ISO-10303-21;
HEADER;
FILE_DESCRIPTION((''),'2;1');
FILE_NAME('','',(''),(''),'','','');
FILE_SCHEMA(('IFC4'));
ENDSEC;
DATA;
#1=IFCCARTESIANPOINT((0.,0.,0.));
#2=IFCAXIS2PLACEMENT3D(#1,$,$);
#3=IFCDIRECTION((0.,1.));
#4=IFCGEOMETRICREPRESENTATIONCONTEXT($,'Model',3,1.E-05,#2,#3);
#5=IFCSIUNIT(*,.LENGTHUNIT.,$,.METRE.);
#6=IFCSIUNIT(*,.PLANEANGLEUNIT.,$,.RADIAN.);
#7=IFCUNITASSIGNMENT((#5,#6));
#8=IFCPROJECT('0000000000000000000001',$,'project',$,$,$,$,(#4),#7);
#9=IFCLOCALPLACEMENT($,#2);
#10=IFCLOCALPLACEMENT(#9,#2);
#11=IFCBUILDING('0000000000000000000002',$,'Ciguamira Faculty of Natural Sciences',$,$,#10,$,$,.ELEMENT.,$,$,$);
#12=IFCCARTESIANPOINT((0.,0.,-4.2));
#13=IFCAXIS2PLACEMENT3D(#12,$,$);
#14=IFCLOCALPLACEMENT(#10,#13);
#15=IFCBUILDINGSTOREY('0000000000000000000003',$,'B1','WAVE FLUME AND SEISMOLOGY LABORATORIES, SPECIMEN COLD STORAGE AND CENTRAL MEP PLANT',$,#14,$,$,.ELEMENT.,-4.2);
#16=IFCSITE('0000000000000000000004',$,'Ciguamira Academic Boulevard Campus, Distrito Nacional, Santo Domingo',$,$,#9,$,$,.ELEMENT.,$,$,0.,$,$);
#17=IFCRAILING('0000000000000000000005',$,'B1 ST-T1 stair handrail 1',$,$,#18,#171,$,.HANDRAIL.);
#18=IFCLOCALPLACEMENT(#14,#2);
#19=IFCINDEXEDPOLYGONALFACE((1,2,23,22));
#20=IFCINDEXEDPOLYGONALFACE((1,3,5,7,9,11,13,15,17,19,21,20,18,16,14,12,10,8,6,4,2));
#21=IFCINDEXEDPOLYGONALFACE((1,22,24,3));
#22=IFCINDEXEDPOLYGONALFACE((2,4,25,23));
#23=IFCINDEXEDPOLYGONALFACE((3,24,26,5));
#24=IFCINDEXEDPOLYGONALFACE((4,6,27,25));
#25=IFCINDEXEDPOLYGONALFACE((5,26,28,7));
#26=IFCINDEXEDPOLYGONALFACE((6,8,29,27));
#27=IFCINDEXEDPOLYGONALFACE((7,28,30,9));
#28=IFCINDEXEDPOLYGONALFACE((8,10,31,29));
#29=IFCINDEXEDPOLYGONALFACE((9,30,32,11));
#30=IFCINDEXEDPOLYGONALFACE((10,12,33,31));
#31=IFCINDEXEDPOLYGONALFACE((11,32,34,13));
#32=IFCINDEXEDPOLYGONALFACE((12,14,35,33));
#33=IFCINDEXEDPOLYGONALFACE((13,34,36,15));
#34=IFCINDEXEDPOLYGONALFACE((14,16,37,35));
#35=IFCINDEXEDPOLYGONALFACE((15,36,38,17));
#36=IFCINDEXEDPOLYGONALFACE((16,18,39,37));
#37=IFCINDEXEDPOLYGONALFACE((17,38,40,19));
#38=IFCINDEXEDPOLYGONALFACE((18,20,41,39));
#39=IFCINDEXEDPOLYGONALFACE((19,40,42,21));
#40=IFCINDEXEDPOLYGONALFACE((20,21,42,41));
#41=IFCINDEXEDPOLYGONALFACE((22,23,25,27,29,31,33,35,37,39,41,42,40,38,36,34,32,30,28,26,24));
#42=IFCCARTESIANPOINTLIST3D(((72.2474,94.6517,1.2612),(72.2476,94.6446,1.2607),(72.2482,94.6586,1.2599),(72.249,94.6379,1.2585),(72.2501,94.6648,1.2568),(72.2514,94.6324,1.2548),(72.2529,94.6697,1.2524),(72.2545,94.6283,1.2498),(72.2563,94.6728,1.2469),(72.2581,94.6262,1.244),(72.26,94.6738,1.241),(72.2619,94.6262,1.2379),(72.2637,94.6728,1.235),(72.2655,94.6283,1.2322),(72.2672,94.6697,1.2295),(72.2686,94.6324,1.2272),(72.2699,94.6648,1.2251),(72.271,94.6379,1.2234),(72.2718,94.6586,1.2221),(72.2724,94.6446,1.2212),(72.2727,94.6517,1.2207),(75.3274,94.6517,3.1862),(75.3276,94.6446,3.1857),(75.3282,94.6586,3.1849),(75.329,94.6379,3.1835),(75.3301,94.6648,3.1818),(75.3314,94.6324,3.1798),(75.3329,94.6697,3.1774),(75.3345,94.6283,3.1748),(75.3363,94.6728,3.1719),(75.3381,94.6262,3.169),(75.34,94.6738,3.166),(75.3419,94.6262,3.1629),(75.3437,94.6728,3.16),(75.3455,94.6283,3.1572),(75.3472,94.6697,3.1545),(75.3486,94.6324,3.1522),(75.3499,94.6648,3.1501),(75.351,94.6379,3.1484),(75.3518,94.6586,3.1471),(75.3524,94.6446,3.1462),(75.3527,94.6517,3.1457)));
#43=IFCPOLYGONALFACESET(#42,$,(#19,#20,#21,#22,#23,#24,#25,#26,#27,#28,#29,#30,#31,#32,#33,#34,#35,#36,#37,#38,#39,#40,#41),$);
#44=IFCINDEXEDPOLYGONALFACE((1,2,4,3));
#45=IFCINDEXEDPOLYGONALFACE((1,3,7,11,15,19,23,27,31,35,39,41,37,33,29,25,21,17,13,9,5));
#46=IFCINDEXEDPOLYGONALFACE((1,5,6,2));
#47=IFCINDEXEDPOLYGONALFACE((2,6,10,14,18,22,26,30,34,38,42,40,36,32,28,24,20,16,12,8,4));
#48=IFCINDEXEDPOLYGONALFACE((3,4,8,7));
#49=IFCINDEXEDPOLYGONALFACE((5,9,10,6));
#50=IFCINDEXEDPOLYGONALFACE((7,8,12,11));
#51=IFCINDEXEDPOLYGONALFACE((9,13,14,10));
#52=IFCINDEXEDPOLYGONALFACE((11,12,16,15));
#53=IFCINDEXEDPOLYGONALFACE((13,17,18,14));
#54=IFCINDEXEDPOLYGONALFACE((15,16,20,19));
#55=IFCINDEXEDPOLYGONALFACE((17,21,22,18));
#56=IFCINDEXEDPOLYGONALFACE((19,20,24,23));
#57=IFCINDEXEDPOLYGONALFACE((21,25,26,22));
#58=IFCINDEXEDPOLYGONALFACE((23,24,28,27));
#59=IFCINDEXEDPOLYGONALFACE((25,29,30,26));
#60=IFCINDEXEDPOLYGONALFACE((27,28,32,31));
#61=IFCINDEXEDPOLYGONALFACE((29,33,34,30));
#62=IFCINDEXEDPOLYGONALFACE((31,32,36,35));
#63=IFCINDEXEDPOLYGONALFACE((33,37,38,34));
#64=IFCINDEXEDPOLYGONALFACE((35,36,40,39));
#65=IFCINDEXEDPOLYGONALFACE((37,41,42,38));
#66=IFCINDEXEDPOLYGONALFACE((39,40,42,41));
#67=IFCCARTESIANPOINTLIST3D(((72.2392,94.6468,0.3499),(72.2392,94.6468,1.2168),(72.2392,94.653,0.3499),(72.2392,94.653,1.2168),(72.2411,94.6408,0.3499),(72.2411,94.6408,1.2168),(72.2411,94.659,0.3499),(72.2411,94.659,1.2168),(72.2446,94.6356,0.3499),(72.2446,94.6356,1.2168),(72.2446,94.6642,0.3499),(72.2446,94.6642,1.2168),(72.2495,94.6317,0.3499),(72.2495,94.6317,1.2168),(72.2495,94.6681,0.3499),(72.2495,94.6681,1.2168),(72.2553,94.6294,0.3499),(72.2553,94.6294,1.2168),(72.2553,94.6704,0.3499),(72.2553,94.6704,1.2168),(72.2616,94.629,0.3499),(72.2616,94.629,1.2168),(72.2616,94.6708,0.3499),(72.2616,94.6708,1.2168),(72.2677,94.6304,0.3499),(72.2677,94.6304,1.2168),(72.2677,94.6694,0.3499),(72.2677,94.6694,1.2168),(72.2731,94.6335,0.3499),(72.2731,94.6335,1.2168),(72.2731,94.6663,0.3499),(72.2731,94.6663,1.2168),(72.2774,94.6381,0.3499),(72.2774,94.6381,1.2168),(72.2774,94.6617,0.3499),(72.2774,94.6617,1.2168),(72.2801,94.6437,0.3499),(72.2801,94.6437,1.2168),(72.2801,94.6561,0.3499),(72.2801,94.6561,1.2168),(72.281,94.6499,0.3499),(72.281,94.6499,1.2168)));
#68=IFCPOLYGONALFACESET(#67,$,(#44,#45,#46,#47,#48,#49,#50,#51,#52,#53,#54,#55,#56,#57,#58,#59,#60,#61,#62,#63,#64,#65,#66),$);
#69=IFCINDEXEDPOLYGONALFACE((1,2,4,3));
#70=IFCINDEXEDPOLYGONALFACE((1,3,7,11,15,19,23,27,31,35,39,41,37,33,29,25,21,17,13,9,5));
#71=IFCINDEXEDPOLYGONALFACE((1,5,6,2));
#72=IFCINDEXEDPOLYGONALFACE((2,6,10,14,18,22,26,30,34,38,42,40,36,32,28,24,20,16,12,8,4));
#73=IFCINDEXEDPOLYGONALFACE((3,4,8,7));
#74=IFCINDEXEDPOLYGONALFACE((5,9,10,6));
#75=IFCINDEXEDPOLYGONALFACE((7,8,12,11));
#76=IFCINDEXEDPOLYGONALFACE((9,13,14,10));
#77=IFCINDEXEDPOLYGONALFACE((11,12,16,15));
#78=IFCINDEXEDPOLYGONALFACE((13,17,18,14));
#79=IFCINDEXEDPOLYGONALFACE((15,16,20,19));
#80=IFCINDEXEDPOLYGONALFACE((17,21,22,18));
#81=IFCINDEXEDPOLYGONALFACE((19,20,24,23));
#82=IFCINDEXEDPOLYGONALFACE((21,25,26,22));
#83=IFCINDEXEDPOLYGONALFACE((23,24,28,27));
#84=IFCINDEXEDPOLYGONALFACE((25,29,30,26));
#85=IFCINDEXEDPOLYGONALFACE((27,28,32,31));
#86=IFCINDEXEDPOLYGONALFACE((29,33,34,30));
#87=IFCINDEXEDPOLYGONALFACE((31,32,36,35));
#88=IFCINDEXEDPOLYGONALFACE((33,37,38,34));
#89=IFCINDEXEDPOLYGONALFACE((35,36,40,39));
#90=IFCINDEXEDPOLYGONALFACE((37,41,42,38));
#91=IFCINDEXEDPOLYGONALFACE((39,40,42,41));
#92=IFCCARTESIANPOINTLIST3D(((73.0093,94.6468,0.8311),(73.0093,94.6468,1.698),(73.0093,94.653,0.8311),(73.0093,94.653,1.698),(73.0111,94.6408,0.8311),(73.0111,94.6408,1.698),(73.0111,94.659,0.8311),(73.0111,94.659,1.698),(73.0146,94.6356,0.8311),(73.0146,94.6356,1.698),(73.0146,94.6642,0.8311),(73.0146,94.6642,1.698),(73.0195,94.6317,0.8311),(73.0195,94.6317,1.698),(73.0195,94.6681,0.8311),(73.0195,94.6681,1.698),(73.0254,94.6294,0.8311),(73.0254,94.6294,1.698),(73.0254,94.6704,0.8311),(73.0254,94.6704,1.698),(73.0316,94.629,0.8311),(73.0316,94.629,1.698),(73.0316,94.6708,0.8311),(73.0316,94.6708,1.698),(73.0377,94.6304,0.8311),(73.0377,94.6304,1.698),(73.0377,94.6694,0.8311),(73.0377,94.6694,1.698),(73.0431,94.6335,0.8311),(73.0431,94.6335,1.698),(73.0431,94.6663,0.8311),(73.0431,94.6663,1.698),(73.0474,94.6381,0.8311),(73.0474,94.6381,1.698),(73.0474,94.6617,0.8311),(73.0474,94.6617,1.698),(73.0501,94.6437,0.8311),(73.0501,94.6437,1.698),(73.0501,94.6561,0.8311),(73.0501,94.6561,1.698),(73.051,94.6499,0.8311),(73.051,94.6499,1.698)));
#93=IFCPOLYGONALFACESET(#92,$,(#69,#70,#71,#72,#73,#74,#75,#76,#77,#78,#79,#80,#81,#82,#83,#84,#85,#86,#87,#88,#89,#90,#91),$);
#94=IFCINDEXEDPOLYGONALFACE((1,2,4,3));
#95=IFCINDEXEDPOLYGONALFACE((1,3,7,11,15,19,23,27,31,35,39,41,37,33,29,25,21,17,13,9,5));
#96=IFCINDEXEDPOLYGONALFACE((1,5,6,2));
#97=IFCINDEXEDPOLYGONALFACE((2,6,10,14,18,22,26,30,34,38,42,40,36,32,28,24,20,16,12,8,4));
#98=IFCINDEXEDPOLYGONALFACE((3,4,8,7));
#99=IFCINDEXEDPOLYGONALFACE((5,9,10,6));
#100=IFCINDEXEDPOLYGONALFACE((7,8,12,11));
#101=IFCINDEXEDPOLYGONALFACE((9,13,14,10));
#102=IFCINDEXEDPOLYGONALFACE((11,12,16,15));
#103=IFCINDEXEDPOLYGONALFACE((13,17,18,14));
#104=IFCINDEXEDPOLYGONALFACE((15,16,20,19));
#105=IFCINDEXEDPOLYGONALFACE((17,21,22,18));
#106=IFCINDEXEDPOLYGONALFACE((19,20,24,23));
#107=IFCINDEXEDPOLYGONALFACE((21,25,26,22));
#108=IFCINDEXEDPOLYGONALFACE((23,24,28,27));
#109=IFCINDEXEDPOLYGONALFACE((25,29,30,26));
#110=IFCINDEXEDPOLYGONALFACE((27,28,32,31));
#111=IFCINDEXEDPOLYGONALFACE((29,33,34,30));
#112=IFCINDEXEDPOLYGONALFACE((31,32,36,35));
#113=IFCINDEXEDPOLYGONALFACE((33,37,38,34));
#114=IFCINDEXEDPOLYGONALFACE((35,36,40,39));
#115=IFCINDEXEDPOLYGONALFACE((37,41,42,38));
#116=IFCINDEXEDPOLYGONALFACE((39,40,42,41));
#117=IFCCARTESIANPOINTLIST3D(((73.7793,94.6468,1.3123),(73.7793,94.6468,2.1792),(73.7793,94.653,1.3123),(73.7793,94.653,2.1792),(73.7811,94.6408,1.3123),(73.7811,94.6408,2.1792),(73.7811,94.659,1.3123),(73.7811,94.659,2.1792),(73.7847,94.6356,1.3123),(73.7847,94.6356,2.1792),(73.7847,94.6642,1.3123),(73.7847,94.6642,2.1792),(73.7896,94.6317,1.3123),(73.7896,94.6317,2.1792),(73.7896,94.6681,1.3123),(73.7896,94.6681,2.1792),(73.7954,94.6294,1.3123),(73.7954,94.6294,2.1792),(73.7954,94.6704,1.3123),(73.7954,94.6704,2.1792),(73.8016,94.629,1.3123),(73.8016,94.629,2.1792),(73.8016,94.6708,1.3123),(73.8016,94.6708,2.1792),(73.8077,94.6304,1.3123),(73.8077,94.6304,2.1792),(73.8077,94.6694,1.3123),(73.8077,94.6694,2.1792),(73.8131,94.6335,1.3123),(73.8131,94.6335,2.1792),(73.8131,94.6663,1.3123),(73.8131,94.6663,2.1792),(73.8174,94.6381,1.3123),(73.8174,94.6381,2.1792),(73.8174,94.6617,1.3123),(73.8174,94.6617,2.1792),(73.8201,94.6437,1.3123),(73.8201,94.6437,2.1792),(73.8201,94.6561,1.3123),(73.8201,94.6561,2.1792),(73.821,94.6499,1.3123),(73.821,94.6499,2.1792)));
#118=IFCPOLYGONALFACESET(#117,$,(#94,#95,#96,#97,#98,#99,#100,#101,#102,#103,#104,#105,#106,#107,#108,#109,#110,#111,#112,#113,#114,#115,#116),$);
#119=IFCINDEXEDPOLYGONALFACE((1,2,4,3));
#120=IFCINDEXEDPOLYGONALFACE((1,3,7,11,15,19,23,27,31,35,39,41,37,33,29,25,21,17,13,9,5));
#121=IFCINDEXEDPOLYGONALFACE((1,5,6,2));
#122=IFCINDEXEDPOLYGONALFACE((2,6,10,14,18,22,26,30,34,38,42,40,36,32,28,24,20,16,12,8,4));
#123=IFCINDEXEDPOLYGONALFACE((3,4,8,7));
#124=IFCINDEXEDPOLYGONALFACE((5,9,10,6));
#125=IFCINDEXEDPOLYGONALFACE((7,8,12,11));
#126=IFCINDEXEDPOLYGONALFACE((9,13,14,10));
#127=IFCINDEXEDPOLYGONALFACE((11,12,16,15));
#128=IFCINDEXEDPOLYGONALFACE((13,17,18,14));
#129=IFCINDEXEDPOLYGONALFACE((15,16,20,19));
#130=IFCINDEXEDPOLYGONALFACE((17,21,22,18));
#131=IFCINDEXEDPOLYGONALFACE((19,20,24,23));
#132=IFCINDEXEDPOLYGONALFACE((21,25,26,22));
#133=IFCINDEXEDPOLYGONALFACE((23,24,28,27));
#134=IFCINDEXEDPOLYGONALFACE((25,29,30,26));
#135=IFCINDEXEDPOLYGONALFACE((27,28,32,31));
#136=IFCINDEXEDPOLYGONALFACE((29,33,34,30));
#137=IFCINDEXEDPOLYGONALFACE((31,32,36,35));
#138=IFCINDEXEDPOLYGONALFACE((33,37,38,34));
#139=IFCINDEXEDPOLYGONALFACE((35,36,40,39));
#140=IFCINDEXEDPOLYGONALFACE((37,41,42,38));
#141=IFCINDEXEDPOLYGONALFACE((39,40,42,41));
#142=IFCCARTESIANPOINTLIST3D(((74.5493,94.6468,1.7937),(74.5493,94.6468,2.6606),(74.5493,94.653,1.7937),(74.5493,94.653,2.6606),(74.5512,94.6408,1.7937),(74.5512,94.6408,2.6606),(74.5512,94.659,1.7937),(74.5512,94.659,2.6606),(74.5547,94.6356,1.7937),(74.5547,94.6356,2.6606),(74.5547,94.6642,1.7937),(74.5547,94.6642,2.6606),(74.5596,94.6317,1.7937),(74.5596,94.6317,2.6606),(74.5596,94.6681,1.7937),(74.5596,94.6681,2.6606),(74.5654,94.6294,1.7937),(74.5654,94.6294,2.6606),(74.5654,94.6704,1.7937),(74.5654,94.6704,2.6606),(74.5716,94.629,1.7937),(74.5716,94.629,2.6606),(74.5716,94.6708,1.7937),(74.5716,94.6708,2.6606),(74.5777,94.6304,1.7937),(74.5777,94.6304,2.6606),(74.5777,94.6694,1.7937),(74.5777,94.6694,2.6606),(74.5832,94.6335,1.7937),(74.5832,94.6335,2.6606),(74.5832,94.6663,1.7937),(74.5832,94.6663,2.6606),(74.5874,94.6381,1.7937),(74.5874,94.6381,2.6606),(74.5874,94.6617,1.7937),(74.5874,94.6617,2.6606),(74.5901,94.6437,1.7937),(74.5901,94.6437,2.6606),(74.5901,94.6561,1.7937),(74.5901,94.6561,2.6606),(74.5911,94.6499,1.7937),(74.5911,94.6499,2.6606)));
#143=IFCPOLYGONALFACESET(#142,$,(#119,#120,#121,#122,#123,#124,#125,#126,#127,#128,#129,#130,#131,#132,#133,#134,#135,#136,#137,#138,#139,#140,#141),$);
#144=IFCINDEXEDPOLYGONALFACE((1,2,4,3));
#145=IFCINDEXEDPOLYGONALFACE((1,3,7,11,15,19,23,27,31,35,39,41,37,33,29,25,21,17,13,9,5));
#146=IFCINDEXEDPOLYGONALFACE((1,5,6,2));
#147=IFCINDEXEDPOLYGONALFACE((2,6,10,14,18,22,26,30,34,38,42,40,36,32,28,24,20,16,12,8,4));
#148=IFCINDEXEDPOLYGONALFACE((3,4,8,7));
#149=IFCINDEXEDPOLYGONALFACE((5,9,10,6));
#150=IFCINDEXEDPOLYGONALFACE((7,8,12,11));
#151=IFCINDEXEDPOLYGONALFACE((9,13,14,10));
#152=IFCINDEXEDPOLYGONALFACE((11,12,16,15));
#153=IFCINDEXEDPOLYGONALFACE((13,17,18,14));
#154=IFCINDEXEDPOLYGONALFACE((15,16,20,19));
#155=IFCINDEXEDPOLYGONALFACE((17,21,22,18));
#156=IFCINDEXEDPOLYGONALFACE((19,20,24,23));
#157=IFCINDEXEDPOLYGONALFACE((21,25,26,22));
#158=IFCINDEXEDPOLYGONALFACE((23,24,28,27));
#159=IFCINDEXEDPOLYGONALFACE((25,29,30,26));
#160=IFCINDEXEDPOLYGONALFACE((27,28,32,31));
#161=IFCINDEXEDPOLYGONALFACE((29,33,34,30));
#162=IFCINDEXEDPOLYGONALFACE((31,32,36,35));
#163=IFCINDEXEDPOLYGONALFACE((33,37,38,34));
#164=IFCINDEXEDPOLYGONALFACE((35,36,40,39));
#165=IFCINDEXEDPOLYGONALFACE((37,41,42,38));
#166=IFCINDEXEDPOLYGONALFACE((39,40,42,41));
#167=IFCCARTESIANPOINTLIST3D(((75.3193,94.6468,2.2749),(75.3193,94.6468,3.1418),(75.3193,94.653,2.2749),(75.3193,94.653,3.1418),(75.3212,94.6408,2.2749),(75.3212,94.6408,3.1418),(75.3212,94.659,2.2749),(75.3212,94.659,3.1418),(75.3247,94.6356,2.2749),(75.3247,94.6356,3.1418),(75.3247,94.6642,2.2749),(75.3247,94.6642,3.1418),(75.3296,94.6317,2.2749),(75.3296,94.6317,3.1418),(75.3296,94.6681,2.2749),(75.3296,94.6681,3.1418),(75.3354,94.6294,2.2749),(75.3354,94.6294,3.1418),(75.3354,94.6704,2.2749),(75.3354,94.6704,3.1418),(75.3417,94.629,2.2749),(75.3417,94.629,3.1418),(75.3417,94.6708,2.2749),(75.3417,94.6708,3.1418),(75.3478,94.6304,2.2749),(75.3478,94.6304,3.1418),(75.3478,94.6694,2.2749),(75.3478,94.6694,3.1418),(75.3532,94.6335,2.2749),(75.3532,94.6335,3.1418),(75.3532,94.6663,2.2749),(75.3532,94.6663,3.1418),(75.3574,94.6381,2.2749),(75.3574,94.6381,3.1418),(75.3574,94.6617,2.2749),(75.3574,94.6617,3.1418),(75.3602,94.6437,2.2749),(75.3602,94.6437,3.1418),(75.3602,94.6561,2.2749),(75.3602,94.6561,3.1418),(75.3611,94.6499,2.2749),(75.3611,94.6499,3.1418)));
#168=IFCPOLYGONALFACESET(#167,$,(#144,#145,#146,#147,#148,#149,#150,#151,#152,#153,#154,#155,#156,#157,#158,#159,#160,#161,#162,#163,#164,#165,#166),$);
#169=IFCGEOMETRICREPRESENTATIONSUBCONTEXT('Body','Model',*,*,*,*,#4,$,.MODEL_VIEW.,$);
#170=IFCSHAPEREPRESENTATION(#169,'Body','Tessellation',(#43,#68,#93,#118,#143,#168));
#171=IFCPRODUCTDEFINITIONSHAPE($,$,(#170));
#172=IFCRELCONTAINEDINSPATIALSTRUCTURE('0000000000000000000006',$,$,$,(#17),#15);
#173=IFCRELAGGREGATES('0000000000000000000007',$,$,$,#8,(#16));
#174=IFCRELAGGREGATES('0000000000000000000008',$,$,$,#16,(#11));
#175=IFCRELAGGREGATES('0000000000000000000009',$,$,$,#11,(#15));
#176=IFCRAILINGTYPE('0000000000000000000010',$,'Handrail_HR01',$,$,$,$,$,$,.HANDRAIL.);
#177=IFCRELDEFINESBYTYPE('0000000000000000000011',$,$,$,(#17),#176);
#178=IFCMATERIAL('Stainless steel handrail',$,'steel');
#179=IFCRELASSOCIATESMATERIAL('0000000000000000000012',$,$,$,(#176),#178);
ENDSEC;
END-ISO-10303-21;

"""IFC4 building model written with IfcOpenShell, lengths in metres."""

from ifc_helpers import new_model, si_unit, direction, frame, origin, origin_2d, place, context, subcontext, project, spatial, circle, extrude, material, type_object, element, save


model = new_model("IFC4")

# Units and contexts
model_context = context("Model", 3, precision=1e-05, world=origin(), true_north=direction((0.0, 1.0)))
body_context = subcontext(model_context, "Body", "Model", "MODEL_VIEW")
ifc_project = project(units=[si_unit("LENGTHUNIT", "METRE"), si_unit("PLANEANGLEUNIT", "RADIAN")], contexts=[model_context])

# Site, building, storey
site_placement = place(None, origin())
site = spatial("IfcSite", under=ifc_project, at=site_placement, Name="Ciguamira Academic Boulevard Campus, Distrito Nacional, Santo Domingo", CompositionType="ELEMENT", RefElevation=0.0)
building_placement = place(site_placement, origin())
building = spatial("IfcBuilding", under=site, at=building_placement, Name="Ciguamira Faculty of Natural Sciences", CompositionType="ELEMENT")
storey_placement = place(building_placement, frame((0.0, 0.0, -4.2)))
storey = spatial("IfcBuildingStorey", under=building, at=storey_placement, Name="B1", Description="WAVE FLUME AND SEISMOLOGY LABORATORIES, SPECIMEN COLD STORAGE AND CENTRAL MEP PLANT", CompositionType="ELEMENT", Elevation=-4.2)

# Railing
ifc_material_1 = material(Name="Stainless steel handrail", Category="steel")
railing_type_1 = type_object("IfcRailingType", Name="Handrail_HR01", PredefinedType="HANDRAIL", material=ifc_material_1)
railing_1_placement = place(storey_placement, frame((72.26, 94.6499, 0.3499)))
element("IfcRailing", 1, at=railing_1_placement, inside=storey, type_object=railing_type_1, Name="B1 ST-T1 stair handrail 1", PredefinedType="HANDRAIL", context=body_context, shape_type="SweptSolid", body=[
    extrude(circle(Radius=0.0239, at=origin_2d()), frame((0.0, 0.0, 0.8911), z_axis=(0.847998, 0.0, 0.529999), x_axis=(0.0, 1.0, 0.0)), (0.0, 0.0, 1.0), 3.6321),
    extrude(circle(Radius=0.021, at=origin_2d()), origin(), (0.0, 0.0, 1.0), 0.8669),
    extrude(circle(Radius=0.021, at=origin_2d()), frame((0.77, 0.0, 0.4812)), (0.0, 0.0, 1.0), 0.8669),
    extrude(circle(Radius=0.021, at=origin_2d()), frame((1.54, 0.0, 0.9624)), (0.0, 0.0, 1.0), 0.8669),
    extrude(circle(Radius=0.021, at=origin_2d()), frame((2.3101, 0.0, 1.4438)), (0.0, 0.0, 1.0), 0.8669),
    extrude(circle(Radius=0.021, at=origin_2d()), frame((3.0801, 0.0, 1.925)), (0.0, 0.0, 1.0), 0.8669),
])

save(model, "model.ifc")
